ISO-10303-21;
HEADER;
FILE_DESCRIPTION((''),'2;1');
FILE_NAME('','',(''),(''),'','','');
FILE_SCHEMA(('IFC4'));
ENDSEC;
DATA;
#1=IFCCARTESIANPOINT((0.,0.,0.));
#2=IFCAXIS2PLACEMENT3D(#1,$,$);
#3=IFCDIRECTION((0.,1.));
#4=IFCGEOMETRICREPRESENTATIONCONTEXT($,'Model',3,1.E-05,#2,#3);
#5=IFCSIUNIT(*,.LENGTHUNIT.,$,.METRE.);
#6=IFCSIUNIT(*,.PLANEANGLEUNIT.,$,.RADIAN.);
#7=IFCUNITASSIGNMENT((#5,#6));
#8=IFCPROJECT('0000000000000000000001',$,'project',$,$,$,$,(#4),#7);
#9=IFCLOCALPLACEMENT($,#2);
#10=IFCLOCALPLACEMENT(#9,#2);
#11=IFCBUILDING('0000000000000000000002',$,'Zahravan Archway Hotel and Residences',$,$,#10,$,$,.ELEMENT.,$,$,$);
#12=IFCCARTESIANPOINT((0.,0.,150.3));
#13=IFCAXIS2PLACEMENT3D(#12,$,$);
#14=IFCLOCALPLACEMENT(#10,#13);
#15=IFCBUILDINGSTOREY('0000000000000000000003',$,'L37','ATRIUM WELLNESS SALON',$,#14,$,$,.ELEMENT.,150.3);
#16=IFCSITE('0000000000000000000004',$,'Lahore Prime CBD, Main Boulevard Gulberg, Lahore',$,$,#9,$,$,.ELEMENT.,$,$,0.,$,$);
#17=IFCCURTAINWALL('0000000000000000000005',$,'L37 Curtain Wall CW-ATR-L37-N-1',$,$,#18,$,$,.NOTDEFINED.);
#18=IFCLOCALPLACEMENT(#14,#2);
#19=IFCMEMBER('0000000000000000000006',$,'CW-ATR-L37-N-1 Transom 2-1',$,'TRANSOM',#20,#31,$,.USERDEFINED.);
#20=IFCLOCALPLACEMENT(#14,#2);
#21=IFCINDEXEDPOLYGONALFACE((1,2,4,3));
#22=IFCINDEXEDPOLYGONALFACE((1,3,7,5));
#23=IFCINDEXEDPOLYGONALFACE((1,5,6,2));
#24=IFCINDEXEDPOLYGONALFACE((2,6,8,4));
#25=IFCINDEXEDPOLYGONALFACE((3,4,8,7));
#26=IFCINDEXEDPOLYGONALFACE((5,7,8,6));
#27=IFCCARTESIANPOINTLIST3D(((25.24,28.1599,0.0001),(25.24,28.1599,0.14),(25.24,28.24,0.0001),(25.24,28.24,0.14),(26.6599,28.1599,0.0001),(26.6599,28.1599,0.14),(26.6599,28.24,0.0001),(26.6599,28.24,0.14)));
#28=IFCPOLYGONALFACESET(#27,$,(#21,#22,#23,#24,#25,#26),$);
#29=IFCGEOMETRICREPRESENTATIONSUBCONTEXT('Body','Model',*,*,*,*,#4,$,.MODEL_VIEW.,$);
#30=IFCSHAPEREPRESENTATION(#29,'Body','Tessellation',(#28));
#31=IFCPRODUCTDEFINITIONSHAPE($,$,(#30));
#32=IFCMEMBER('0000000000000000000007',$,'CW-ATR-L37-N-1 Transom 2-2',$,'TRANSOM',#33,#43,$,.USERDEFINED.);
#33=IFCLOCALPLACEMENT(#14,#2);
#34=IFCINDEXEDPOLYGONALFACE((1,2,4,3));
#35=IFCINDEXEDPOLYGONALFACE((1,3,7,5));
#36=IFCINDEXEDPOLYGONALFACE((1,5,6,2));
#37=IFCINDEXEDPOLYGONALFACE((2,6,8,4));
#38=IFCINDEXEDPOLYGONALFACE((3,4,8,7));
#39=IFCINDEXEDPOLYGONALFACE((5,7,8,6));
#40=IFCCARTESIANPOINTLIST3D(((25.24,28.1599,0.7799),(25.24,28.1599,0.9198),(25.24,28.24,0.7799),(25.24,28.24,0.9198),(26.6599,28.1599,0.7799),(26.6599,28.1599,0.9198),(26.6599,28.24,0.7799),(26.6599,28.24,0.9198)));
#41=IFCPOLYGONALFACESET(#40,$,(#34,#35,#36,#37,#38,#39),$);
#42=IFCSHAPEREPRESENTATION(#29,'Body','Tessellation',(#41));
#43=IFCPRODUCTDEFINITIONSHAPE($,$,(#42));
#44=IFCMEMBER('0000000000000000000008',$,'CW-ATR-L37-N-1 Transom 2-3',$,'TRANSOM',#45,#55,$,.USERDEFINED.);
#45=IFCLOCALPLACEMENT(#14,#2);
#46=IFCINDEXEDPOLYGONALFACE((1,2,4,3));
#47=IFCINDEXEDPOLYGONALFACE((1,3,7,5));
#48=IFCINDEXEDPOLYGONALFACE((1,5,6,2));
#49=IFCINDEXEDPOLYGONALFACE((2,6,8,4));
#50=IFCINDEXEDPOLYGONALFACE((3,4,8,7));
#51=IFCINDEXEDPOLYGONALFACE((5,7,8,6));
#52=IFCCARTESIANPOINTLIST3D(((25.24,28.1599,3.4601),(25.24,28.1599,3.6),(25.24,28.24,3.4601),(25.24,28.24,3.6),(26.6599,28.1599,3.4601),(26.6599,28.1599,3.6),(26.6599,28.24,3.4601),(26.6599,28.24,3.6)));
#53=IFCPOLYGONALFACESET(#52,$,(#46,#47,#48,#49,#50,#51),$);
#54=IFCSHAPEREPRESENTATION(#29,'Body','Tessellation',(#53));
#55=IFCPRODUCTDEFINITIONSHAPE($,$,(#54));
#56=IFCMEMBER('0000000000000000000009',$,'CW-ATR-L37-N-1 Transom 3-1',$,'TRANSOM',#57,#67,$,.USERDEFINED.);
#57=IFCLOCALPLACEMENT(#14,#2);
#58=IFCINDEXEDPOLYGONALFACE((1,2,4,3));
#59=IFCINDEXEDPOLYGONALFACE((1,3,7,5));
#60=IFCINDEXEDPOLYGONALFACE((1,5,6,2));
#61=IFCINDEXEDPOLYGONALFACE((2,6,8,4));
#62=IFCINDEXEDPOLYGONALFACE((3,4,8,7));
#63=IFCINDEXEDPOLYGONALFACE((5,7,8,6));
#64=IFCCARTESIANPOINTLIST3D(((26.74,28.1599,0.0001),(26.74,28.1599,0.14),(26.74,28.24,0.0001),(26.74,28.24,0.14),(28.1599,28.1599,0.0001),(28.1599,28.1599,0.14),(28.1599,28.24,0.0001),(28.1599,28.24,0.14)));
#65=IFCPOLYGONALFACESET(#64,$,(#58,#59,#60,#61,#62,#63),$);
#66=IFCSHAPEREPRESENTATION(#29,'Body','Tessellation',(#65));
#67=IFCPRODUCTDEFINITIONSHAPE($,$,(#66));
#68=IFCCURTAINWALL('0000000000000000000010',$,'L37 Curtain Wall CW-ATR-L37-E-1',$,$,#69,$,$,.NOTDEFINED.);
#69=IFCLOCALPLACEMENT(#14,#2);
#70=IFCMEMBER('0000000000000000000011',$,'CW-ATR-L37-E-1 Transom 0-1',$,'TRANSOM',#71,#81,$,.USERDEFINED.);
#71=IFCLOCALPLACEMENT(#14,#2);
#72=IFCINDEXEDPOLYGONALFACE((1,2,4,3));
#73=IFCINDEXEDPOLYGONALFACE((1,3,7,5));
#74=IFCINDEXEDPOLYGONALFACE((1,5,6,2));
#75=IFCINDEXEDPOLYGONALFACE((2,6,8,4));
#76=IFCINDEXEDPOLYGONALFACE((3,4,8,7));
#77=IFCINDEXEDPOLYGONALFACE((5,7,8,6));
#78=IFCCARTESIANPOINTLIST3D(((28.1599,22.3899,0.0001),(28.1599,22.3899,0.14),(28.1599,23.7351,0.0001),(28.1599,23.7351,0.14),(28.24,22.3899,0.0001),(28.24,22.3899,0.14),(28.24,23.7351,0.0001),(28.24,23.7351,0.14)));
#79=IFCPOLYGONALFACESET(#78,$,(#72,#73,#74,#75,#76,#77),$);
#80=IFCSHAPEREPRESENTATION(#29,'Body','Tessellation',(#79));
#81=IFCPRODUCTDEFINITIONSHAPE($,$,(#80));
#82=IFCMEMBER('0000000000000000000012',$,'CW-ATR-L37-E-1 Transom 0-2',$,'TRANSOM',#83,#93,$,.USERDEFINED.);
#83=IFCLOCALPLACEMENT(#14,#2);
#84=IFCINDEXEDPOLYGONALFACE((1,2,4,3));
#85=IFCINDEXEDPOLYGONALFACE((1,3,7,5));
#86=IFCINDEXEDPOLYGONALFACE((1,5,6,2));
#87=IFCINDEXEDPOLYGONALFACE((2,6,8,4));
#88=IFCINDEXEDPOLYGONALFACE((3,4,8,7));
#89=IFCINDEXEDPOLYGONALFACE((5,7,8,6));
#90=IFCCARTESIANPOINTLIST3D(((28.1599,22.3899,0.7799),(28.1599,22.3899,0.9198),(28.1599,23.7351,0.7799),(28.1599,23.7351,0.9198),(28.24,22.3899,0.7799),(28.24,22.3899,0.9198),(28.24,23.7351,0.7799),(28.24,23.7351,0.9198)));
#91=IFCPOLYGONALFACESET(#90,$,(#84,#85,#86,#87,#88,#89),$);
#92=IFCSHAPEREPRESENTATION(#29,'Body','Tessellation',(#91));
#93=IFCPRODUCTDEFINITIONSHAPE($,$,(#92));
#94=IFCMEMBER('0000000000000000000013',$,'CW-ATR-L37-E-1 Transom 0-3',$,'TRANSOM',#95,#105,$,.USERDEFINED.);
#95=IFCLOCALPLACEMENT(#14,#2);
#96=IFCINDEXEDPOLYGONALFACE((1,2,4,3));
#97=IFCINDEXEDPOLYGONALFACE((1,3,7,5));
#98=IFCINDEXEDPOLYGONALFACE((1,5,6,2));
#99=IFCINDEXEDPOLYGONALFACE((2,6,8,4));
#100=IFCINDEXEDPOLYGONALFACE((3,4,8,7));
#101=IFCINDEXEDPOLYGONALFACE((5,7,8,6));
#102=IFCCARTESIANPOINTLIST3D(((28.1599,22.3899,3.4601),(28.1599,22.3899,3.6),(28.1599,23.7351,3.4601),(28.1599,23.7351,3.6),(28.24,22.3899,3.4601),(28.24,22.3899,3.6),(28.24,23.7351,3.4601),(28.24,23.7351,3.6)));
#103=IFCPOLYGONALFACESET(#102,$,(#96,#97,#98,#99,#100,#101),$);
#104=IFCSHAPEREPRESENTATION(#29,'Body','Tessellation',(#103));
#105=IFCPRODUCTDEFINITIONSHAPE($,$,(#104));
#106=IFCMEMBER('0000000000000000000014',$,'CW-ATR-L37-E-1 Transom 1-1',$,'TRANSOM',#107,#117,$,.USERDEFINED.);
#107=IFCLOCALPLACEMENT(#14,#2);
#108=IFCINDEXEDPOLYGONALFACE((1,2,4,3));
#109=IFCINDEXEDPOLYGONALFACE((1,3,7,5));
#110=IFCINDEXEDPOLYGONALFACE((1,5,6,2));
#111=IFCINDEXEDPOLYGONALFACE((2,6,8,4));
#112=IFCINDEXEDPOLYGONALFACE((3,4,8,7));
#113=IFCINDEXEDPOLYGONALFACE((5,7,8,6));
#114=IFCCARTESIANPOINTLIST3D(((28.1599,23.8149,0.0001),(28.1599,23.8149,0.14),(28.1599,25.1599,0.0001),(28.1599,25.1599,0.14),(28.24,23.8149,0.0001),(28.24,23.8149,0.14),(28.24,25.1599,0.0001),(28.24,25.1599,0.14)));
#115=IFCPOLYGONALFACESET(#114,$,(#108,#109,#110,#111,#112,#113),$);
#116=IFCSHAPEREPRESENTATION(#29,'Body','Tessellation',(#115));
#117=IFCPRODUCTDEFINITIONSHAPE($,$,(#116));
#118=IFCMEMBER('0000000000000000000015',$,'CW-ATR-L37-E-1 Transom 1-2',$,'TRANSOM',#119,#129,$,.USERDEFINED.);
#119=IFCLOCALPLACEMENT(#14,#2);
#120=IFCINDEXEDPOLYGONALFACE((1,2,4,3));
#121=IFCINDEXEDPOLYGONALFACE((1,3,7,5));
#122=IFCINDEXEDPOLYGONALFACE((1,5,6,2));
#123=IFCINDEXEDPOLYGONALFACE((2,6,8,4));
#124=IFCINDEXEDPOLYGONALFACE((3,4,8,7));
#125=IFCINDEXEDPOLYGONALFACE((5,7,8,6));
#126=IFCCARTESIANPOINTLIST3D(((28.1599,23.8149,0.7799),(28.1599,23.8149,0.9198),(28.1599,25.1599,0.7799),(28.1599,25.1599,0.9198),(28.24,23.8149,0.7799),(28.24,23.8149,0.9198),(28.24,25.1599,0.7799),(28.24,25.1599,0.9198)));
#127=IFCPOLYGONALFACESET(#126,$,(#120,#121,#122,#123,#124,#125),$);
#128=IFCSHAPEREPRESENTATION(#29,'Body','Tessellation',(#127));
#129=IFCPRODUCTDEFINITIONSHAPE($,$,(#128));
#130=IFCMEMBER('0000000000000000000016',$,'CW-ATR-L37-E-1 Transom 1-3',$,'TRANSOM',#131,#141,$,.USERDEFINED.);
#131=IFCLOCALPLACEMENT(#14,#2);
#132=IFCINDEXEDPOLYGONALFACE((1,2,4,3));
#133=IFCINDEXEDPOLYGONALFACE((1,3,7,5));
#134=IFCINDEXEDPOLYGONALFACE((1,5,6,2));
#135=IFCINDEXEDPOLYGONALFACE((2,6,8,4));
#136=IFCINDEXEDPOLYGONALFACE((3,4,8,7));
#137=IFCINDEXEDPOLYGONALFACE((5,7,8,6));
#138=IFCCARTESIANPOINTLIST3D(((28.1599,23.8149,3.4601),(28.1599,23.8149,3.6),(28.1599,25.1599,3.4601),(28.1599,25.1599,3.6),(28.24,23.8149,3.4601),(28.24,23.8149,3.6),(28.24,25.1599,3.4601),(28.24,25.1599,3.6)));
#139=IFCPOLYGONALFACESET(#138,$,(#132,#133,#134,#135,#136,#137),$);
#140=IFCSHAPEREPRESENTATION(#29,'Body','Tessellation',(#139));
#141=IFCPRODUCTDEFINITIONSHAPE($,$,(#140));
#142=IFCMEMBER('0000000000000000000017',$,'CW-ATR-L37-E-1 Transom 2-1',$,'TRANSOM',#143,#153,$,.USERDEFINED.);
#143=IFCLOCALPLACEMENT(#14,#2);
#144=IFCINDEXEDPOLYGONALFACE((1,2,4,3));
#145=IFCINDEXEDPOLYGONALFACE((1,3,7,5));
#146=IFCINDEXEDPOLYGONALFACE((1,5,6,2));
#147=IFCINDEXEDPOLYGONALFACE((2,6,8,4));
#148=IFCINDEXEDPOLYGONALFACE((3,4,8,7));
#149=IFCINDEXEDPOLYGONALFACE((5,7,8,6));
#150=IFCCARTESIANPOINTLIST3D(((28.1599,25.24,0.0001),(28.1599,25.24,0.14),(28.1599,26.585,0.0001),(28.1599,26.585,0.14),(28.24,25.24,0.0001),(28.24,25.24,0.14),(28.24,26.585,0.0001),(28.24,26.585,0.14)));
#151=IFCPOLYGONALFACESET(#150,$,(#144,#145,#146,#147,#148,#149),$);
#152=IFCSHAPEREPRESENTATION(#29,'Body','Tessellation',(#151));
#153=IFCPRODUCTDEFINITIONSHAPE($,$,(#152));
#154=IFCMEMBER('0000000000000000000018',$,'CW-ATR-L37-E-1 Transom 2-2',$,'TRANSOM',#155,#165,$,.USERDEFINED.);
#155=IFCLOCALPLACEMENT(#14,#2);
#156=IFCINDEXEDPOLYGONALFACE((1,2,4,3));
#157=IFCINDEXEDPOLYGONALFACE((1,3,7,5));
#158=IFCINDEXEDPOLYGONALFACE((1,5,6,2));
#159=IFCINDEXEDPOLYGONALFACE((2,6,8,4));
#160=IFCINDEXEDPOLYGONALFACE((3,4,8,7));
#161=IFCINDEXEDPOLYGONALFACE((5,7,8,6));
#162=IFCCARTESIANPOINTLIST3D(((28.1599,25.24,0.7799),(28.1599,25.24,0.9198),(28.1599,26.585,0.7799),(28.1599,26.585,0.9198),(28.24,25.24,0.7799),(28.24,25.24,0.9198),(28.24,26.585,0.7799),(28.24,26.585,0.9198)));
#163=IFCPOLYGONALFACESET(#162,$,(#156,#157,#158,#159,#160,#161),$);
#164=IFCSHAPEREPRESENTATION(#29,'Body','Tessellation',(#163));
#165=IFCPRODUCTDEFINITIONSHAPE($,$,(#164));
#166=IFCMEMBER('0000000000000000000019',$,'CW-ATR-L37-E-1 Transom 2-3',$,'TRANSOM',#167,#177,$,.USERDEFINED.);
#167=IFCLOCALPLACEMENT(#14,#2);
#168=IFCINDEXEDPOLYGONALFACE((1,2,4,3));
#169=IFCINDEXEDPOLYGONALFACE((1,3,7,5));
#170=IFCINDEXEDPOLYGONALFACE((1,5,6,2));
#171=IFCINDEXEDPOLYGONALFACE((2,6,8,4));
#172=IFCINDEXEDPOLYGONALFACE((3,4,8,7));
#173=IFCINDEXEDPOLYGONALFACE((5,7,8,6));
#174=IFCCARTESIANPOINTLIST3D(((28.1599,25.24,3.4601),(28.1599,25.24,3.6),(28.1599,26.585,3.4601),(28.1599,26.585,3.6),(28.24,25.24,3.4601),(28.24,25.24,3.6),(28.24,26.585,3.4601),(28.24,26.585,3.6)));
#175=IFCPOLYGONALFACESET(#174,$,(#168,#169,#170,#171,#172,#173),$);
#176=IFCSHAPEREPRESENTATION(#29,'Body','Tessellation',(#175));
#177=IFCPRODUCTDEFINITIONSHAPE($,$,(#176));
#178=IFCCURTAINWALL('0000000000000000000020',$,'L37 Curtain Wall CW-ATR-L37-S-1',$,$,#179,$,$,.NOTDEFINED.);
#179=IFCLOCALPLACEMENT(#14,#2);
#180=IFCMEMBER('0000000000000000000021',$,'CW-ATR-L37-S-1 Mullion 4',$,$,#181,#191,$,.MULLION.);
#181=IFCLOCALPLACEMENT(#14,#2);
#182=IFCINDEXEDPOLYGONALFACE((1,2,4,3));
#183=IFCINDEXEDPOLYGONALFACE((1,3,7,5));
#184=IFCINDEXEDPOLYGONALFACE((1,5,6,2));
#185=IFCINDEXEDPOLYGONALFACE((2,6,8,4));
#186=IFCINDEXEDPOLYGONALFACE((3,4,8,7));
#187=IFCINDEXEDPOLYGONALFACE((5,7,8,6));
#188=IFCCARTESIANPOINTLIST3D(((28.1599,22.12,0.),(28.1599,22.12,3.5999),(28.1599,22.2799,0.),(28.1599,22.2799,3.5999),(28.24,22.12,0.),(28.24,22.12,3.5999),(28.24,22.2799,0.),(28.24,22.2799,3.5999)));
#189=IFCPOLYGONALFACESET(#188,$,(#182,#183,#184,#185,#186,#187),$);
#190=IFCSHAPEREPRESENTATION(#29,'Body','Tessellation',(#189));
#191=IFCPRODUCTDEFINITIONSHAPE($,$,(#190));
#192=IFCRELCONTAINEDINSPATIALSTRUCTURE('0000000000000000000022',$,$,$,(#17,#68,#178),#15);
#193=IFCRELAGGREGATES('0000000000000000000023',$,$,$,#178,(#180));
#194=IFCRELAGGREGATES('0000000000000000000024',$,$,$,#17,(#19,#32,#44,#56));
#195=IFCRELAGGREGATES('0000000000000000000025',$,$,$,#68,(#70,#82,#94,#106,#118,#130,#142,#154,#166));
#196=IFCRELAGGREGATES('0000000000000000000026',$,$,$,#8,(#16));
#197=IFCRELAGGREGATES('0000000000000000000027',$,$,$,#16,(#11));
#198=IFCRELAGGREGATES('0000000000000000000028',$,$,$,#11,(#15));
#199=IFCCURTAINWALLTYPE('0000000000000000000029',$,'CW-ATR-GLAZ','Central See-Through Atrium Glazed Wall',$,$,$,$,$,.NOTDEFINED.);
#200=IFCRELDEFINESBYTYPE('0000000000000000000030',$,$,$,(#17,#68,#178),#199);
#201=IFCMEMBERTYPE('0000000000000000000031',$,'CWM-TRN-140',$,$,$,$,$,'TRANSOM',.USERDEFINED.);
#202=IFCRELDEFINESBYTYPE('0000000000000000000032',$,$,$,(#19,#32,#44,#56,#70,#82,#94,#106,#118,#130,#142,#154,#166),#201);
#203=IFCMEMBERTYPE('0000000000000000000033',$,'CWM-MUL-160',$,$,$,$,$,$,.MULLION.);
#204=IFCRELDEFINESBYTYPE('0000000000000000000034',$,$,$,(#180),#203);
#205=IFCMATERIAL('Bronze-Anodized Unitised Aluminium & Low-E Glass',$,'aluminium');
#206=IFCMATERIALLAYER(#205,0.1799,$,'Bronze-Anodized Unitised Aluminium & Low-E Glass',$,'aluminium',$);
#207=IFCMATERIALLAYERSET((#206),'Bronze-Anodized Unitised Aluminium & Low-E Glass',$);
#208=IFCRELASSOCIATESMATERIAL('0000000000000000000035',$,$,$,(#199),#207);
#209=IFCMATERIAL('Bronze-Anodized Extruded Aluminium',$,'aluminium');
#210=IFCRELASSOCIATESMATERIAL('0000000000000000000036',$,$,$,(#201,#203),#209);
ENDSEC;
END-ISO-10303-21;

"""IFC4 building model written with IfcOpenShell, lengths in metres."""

from ifc_helpers import new_model, si_unit, direction, frame, origin, origin_2d, place, context, subcontext, project, spatial, rectangle, extrude, source, transform, mapped, material, layer, layer_set, material_profile, profile_set, type_object, element, aggregate, save


model = new_model("IFC4")

# Units and contexts
model_context = context("Model", 3, precision=1e-05, world=origin(), true_north=direction((0.0, 1.0)))
body_context = subcontext(model_context, "Body", "Model", "MODEL_VIEW")
ifc_project = project(units=[si_unit("LENGTHUNIT", "METRE"), si_unit("PLANEANGLEUNIT", "RADIAN")], contexts=[model_context])

# Site, building, storey
site_placement = place(None, origin())
site = spatial("IfcSite", under=ifc_project, at=site_placement, Name="Lahore Prime CBD, Main Boulevard Gulberg, Lahore", CompositionType="ELEMENT", RefElevation=0.0)
building_placement = place(site_placement, origin())
building = spatial("IfcBuilding", under=site, at=building_placement, Name="Zahravan Archway Hotel and Residences", CompositionType="ELEMENT")
storey_placement = place(building_placement, frame((0.0, 0.0, 150.3)))
storey = spatial("IfcBuildingStorey", under=building, at=storey_placement, Name="L37", Description="ATRIUM WELLNESS SALON", CompositionType="ELEMENT", Elevation=150.3)

# Curtain walls, members
ifc_material_1 = material(Name="Bronze-Anodized Unitised Aluminium & Low-E Glass", Category="aluminium")
ifc_layer_1 = layer(ifc_material_1, 0.1799, Name="Bronze-Anodized Unitised Aluminium & Low-E Glass", Category="aluminium")
ifc_layer_set_1 = layer_set([ifc_layer_1], Name="Bronze-Anodized Unitised Aluminium & Low-E Glass")
curtain_wall_type = type_object("IfcCurtainWallType", Name="CW-ATR-GLAZ", Description="Central See-Through Atrium Glazed Wall", PredefinedType="NOTDEFINED", material=ifc_layer_set_1)
curtain_wall_1_placement = place(storey_placement, origin())
curtain_wall_1 = element("IfcCurtainWall", 1, at=curtain_wall_1_placement, inside=storey, type_object=curtain_wall_type, Name="L37 Curtain Wall CW-ATR-L37-N-1", PredefinedType="NOTDEFINED")
ifc_material_2 = material(Name="Bronze-Anodized Extruded Aluminium", Category="aluminium")
ifc_material_profile_1 = material_profile(ifc_material_2, rectangle(XDim=0.0801, YDim=0.1399, at=origin_2d()), Name="TRN 80x140", Category="aluminium")
ifc_profile_set_1 = profile_set([ifc_material_profile_1], Name="Bronze-Anodized Extruded Aluminium")
member_type_1 = type_object("IfcMemberType", Name="CWM-TRN-140", ElementType="TRANSOM", PredefinedType="USERDEFINED", material=ifc_profile_set_1)
shared_shape_1 = source(origin(), body_context, "Body", "SweptSolid", [
    extrude(rectangle(XDim=0.0801, YDim=0.1399, at=origin_2d()), origin(), (0.0, 0.0, 1.0), 1.4199),
])
member_1_placement = place(storey_placement, frame((25.24, 28.2, 0.0701), z_axis=(1.0, 0.0, 0.0), x_axis=(0.0, 1.0, 0.0)))
member_1 = element("IfcMember", 2, at=member_1_placement, type_object=member_type_1, Name="CW-ATR-L37-N-1 Transom 2-1", ObjectType="TRANSOM", PredefinedType="USERDEFINED", context=body_context, shape_type="MappedRepresentation", body=[
    mapped(shared_shape_1, transform((0.0, 0.0, 0.0), scale=1.0)),
])
member_2_placement = place(storey_placement, frame((25.24, 28.2, 0.8499), z_axis=(1.0, 0.0, 0.0), x_axis=(0.0, 1.0, 0.0)))
member_2 = element("IfcMember", 3, at=member_2_placement, type_object=member_type_1, Name="CW-ATR-L37-N-1 Transom 2-2", ObjectType="TRANSOM", PredefinedType="USERDEFINED", context=body_context, shape_type="MappedRepresentation", body=[
    mapped(shared_shape_1, transform((0.0, 0.0, 0.0), scale=1.0)),
])
member_3_placement = place(storey_placement, frame((25.24, 28.2, 3.53), z_axis=(1.0, 0.0, 0.0), x_axis=(0.0, 1.0, 0.0)))
member_3 = element("IfcMember", 4, at=member_3_placement, type_object=member_type_1, Name="CW-ATR-L37-N-1 Transom 2-3", ObjectType="TRANSOM", PredefinedType="USERDEFINED", context=body_context, shape_type="MappedRepresentation", body=[
    mapped(shared_shape_1, transform((0.0, 0.0, 0.0), scale=1.0)),
])
member_4_placement = place(storey_placement, frame((26.74, 28.2, 0.0701), z_axis=(1.0, 0.0, 0.0), x_axis=(0.0, 1.0, 0.0)))
member_4 = element("IfcMember", 5, at=member_4_placement, type_object=member_type_1, Name="CW-ATR-L37-N-1 Transom 3-1", ObjectType="TRANSOM", PredefinedType="USERDEFINED", context=body_context, shape_type="MappedRepresentation", body=[
    mapped(shared_shape_1, transform((0.0, 0.0, 0.0), scale=1.0)),
])
curtain_wall_2_placement = place(storey_placement, origin())
curtain_wall_2 = element("IfcCurtainWall", 6, at=curtain_wall_2_placement, inside=storey, type_object=curtain_wall_type, Name="L37 Curtain Wall CW-ATR-L37-E-1", PredefinedType="NOTDEFINED")
shared_shape_2 = source(origin(), body_context, "Body", "SweptSolid", [
    extrude(rectangle(XDim=0.0801, YDim=0.1399, at=origin_2d()), origin(), (0.0, 0.0, 1.0), 1.3452),
])
member_5_placement = place(storey_placement, frame((28.2, 22.3899, 0.0701), z_axis=(0.0, 1.0, 0.0), x_axis=(-1.0, 0.0, 0.0)))
member_5 = element("IfcMember", 7, at=member_5_placement, type_object=member_type_1, Name="CW-ATR-L37-E-1 Transom 0-1", ObjectType="TRANSOM", PredefinedType="USERDEFINED", context=body_context, shape_type="MappedRepresentation", body=[
    mapped(shared_shape_2, transform((0.0, 0.0, 0.0), scale=1.0)),
])
member_6_placement = place(storey_placement, frame((28.2, 22.3899, 0.8499), z_axis=(0.0, 1.0, 0.0), x_axis=(-1.0, 0.0, 0.0)))
member_6 = element("IfcMember", 8, at=member_6_placement, type_object=member_type_1, Name="CW-ATR-L37-E-1 Transom 0-2", ObjectType="TRANSOM", PredefinedType="USERDEFINED", context=body_context, shape_type="MappedRepresentation", body=[
    mapped(shared_shape_2, transform((0.0, 0.0, 0.0), scale=1.0)),
])
member_7_placement = place(storey_placement, frame((28.2, 22.3899, 3.53), z_axis=(0.0, 1.0, 0.0), x_axis=(-1.0, 0.0, 0.0)))
member_7 = element("IfcMember", 9, at=member_7_placement, type_object=member_type_1, Name="CW-ATR-L37-E-1 Transom 0-3", ObjectType="TRANSOM", PredefinedType="USERDEFINED", context=body_context, shape_type="MappedRepresentation", body=[
    mapped(shared_shape_2, transform((0.0, 0.0, 0.0), scale=1.0)),
])
shared_shape_3 = source(origin(), body_context, "Body", "SweptSolid", [
    extrude(rectangle(XDim=0.0801, YDim=0.1399, at=origin_2d()), origin(), (0.0, 0.0, 1.0), 1.345),
])
member_8_placement = place(storey_placement, frame((28.2, 23.8149, 0.0701), z_axis=(0.0, 1.0, 0.0), x_axis=(-1.0, 0.0, 0.0)))
member_8 = element("IfcMember", 10, at=member_8_placement, type_object=member_type_1, Name="CW-ATR-L37-E-1 Transom 1-1", ObjectType="TRANSOM", PredefinedType="USERDEFINED", context=body_context, shape_type="MappedRepresentation", body=[
    mapped(shared_shape_3, transform((0.0, 0.0, 0.0), scale=1.0)),
])
member_9_placement = place(storey_placement, frame((28.2, 23.8149, 0.8499), z_axis=(0.0, 1.0, 0.0), x_axis=(-1.0, 0.0, 0.0)))
member_9 = element("IfcMember", 11, at=member_9_placement, type_object=member_type_1, Name="CW-ATR-L37-E-1 Transom 1-2", ObjectType="TRANSOM", PredefinedType="USERDEFINED", context=body_context, shape_type="MappedRepresentation", body=[
    mapped(shared_shape_3, transform((0.0, 0.0, 0.0), scale=1.0)),
])
member_10_placement = place(storey_placement, frame((28.2, 23.8149, 3.53), z_axis=(0.0, 1.0, 0.0), x_axis=(-1.0, 0.0, 0.0)))
member_10 = element("IfcMember", 12, at=member_10_placement, type_object=member_type_1, Name="CW-ATR-L37-E-1 Transom 1-3", ObjectType="TRANSOM", PredefinedType="USERDEFINED", context=body_context, shape_type="MappedRepresentation", body=[
    mapped(shared_shape_3, transform((0.0, 0.0, 0.0), scale=1.0)),
])
member_11_placement = place(storey_placement, frame((28.2, 25.24, 0.0701), z_axis=(0.0, 1.0, 0.0), x_axis=(-1.0, 0.0, 0.0)))
member_11 = element("IfcMember", 13, at=member_11_placement, type_object=member_type_1, Name="CW-ATR-L37-E-1 Transom 2-1", ObjectType="TRANSOM", PredefinedType="USERDEFINED", context=body_context, shape_type="MappedRepresentation", body=[
    mapped(shared_shape_3, transform((0.0, 0.0, 0.0), scale=1.0)),
])
member_12_placement = place(storey_placement, frame((28.2, 25.24, 0.8499), z_axis=(0.0, 1.0, 0.0), x_axis=(-1.0, 0.0, 0.0)))
member_12 = element("IfcMember", 14, at=member_12_placement, type_object=member_type_1, Name="CW-ATR-L37-E-1 Transom 2-2", ObjectType="TRANSOM", PredefinedType="USERDEFINED", context=body_context, shape_type="MappedRepresentation", body=[
    mapped(shared_shape_3, transform((0.0, 0.0, 0.0), scale=1.0)),
])
member_13_placement = place(storey_placement, frame((28.2, 25.24, 3.53), z_axis=(0.0, 1.0, 0.0), x_axis=(-1.0, 0.0, 0.0)))
member_13 = element("IfcMember", 15, at=member_13_placement, type_object=member_type_1, Name="CW-ATR-L37-E-1 Transom 2-3", ObjectType="TRANSOM", PredefinedType="USERDEFINED", context=body_context, shape_type="MappedRepresentation", body=[
    mapped(shared_shape_3, transform((0.0, 0.0, 0.0), scale=1.0)),
])

# Curtain wall, member
curtain_wall_3_placement = place(storey_placement, origin())
curtain_wall_3 = element("IfcCurtainWall", 16, at=curtain_wall_3_placement, inside=storey, type_object=curtain_wall_type, Name="L37 Curtain Wall CW-ATR-L37-S-1", PredefinedType="NOTDEFINED")
ifc_material_profile_2 = material_profile(ifc_material_2, rectangle(XDim=0.0801, YDim=0.1599, at=origin_2d()), Name="MUL 80x160", Category="aluminium")
ifc_profile_set_2 = profile_set([ifc_material_profile_2], Name="Bronze-Anodized Extruded Aluminium")
member_type_2 = type_object("IfcMemberType", Name="CWM-MUL-160", PredefinedType="MULLION", material=ifc_profile_set_2)
shared_shape_4 = source(origin(), body_context, "Body", "SweptSolid", [
    extrude(rectangle(XDim=0.0801, YDim=0.1599, at=origin_2d()), origin(), (0.0, 0.0, 1.0), 3.5999),
])
member_14_placement = place(storey_placement, frame((28.2, 22.2, 0.0), z_axis=(0.0, 0.0, 1.0), x_axis=(1.0, 0.0, 0.0)))
member_14 = element("IfcMember", 17, at=member_14_placement, type_object=member_type_2, Name="CW-ATR-L37-S-1 Mullion 4", PredefinedType="MULLION", context=body_context, shape_type="MappedRepresentation", body=[
    mapped(shared_shape_4, transform((0.0, 0.0, 0.0), scale=1.0)),
])

aggregate(curtain_wall_3, [member_14])
aggregate(curtain_wall_1, [member_1, member_2, member_3, member_4])
aggregate(curtain_wall_2, [member_5, member_6, member_7, member_8, member_9, member_10, member_11, member_12, member_13])

save(model, "model.ifc")
